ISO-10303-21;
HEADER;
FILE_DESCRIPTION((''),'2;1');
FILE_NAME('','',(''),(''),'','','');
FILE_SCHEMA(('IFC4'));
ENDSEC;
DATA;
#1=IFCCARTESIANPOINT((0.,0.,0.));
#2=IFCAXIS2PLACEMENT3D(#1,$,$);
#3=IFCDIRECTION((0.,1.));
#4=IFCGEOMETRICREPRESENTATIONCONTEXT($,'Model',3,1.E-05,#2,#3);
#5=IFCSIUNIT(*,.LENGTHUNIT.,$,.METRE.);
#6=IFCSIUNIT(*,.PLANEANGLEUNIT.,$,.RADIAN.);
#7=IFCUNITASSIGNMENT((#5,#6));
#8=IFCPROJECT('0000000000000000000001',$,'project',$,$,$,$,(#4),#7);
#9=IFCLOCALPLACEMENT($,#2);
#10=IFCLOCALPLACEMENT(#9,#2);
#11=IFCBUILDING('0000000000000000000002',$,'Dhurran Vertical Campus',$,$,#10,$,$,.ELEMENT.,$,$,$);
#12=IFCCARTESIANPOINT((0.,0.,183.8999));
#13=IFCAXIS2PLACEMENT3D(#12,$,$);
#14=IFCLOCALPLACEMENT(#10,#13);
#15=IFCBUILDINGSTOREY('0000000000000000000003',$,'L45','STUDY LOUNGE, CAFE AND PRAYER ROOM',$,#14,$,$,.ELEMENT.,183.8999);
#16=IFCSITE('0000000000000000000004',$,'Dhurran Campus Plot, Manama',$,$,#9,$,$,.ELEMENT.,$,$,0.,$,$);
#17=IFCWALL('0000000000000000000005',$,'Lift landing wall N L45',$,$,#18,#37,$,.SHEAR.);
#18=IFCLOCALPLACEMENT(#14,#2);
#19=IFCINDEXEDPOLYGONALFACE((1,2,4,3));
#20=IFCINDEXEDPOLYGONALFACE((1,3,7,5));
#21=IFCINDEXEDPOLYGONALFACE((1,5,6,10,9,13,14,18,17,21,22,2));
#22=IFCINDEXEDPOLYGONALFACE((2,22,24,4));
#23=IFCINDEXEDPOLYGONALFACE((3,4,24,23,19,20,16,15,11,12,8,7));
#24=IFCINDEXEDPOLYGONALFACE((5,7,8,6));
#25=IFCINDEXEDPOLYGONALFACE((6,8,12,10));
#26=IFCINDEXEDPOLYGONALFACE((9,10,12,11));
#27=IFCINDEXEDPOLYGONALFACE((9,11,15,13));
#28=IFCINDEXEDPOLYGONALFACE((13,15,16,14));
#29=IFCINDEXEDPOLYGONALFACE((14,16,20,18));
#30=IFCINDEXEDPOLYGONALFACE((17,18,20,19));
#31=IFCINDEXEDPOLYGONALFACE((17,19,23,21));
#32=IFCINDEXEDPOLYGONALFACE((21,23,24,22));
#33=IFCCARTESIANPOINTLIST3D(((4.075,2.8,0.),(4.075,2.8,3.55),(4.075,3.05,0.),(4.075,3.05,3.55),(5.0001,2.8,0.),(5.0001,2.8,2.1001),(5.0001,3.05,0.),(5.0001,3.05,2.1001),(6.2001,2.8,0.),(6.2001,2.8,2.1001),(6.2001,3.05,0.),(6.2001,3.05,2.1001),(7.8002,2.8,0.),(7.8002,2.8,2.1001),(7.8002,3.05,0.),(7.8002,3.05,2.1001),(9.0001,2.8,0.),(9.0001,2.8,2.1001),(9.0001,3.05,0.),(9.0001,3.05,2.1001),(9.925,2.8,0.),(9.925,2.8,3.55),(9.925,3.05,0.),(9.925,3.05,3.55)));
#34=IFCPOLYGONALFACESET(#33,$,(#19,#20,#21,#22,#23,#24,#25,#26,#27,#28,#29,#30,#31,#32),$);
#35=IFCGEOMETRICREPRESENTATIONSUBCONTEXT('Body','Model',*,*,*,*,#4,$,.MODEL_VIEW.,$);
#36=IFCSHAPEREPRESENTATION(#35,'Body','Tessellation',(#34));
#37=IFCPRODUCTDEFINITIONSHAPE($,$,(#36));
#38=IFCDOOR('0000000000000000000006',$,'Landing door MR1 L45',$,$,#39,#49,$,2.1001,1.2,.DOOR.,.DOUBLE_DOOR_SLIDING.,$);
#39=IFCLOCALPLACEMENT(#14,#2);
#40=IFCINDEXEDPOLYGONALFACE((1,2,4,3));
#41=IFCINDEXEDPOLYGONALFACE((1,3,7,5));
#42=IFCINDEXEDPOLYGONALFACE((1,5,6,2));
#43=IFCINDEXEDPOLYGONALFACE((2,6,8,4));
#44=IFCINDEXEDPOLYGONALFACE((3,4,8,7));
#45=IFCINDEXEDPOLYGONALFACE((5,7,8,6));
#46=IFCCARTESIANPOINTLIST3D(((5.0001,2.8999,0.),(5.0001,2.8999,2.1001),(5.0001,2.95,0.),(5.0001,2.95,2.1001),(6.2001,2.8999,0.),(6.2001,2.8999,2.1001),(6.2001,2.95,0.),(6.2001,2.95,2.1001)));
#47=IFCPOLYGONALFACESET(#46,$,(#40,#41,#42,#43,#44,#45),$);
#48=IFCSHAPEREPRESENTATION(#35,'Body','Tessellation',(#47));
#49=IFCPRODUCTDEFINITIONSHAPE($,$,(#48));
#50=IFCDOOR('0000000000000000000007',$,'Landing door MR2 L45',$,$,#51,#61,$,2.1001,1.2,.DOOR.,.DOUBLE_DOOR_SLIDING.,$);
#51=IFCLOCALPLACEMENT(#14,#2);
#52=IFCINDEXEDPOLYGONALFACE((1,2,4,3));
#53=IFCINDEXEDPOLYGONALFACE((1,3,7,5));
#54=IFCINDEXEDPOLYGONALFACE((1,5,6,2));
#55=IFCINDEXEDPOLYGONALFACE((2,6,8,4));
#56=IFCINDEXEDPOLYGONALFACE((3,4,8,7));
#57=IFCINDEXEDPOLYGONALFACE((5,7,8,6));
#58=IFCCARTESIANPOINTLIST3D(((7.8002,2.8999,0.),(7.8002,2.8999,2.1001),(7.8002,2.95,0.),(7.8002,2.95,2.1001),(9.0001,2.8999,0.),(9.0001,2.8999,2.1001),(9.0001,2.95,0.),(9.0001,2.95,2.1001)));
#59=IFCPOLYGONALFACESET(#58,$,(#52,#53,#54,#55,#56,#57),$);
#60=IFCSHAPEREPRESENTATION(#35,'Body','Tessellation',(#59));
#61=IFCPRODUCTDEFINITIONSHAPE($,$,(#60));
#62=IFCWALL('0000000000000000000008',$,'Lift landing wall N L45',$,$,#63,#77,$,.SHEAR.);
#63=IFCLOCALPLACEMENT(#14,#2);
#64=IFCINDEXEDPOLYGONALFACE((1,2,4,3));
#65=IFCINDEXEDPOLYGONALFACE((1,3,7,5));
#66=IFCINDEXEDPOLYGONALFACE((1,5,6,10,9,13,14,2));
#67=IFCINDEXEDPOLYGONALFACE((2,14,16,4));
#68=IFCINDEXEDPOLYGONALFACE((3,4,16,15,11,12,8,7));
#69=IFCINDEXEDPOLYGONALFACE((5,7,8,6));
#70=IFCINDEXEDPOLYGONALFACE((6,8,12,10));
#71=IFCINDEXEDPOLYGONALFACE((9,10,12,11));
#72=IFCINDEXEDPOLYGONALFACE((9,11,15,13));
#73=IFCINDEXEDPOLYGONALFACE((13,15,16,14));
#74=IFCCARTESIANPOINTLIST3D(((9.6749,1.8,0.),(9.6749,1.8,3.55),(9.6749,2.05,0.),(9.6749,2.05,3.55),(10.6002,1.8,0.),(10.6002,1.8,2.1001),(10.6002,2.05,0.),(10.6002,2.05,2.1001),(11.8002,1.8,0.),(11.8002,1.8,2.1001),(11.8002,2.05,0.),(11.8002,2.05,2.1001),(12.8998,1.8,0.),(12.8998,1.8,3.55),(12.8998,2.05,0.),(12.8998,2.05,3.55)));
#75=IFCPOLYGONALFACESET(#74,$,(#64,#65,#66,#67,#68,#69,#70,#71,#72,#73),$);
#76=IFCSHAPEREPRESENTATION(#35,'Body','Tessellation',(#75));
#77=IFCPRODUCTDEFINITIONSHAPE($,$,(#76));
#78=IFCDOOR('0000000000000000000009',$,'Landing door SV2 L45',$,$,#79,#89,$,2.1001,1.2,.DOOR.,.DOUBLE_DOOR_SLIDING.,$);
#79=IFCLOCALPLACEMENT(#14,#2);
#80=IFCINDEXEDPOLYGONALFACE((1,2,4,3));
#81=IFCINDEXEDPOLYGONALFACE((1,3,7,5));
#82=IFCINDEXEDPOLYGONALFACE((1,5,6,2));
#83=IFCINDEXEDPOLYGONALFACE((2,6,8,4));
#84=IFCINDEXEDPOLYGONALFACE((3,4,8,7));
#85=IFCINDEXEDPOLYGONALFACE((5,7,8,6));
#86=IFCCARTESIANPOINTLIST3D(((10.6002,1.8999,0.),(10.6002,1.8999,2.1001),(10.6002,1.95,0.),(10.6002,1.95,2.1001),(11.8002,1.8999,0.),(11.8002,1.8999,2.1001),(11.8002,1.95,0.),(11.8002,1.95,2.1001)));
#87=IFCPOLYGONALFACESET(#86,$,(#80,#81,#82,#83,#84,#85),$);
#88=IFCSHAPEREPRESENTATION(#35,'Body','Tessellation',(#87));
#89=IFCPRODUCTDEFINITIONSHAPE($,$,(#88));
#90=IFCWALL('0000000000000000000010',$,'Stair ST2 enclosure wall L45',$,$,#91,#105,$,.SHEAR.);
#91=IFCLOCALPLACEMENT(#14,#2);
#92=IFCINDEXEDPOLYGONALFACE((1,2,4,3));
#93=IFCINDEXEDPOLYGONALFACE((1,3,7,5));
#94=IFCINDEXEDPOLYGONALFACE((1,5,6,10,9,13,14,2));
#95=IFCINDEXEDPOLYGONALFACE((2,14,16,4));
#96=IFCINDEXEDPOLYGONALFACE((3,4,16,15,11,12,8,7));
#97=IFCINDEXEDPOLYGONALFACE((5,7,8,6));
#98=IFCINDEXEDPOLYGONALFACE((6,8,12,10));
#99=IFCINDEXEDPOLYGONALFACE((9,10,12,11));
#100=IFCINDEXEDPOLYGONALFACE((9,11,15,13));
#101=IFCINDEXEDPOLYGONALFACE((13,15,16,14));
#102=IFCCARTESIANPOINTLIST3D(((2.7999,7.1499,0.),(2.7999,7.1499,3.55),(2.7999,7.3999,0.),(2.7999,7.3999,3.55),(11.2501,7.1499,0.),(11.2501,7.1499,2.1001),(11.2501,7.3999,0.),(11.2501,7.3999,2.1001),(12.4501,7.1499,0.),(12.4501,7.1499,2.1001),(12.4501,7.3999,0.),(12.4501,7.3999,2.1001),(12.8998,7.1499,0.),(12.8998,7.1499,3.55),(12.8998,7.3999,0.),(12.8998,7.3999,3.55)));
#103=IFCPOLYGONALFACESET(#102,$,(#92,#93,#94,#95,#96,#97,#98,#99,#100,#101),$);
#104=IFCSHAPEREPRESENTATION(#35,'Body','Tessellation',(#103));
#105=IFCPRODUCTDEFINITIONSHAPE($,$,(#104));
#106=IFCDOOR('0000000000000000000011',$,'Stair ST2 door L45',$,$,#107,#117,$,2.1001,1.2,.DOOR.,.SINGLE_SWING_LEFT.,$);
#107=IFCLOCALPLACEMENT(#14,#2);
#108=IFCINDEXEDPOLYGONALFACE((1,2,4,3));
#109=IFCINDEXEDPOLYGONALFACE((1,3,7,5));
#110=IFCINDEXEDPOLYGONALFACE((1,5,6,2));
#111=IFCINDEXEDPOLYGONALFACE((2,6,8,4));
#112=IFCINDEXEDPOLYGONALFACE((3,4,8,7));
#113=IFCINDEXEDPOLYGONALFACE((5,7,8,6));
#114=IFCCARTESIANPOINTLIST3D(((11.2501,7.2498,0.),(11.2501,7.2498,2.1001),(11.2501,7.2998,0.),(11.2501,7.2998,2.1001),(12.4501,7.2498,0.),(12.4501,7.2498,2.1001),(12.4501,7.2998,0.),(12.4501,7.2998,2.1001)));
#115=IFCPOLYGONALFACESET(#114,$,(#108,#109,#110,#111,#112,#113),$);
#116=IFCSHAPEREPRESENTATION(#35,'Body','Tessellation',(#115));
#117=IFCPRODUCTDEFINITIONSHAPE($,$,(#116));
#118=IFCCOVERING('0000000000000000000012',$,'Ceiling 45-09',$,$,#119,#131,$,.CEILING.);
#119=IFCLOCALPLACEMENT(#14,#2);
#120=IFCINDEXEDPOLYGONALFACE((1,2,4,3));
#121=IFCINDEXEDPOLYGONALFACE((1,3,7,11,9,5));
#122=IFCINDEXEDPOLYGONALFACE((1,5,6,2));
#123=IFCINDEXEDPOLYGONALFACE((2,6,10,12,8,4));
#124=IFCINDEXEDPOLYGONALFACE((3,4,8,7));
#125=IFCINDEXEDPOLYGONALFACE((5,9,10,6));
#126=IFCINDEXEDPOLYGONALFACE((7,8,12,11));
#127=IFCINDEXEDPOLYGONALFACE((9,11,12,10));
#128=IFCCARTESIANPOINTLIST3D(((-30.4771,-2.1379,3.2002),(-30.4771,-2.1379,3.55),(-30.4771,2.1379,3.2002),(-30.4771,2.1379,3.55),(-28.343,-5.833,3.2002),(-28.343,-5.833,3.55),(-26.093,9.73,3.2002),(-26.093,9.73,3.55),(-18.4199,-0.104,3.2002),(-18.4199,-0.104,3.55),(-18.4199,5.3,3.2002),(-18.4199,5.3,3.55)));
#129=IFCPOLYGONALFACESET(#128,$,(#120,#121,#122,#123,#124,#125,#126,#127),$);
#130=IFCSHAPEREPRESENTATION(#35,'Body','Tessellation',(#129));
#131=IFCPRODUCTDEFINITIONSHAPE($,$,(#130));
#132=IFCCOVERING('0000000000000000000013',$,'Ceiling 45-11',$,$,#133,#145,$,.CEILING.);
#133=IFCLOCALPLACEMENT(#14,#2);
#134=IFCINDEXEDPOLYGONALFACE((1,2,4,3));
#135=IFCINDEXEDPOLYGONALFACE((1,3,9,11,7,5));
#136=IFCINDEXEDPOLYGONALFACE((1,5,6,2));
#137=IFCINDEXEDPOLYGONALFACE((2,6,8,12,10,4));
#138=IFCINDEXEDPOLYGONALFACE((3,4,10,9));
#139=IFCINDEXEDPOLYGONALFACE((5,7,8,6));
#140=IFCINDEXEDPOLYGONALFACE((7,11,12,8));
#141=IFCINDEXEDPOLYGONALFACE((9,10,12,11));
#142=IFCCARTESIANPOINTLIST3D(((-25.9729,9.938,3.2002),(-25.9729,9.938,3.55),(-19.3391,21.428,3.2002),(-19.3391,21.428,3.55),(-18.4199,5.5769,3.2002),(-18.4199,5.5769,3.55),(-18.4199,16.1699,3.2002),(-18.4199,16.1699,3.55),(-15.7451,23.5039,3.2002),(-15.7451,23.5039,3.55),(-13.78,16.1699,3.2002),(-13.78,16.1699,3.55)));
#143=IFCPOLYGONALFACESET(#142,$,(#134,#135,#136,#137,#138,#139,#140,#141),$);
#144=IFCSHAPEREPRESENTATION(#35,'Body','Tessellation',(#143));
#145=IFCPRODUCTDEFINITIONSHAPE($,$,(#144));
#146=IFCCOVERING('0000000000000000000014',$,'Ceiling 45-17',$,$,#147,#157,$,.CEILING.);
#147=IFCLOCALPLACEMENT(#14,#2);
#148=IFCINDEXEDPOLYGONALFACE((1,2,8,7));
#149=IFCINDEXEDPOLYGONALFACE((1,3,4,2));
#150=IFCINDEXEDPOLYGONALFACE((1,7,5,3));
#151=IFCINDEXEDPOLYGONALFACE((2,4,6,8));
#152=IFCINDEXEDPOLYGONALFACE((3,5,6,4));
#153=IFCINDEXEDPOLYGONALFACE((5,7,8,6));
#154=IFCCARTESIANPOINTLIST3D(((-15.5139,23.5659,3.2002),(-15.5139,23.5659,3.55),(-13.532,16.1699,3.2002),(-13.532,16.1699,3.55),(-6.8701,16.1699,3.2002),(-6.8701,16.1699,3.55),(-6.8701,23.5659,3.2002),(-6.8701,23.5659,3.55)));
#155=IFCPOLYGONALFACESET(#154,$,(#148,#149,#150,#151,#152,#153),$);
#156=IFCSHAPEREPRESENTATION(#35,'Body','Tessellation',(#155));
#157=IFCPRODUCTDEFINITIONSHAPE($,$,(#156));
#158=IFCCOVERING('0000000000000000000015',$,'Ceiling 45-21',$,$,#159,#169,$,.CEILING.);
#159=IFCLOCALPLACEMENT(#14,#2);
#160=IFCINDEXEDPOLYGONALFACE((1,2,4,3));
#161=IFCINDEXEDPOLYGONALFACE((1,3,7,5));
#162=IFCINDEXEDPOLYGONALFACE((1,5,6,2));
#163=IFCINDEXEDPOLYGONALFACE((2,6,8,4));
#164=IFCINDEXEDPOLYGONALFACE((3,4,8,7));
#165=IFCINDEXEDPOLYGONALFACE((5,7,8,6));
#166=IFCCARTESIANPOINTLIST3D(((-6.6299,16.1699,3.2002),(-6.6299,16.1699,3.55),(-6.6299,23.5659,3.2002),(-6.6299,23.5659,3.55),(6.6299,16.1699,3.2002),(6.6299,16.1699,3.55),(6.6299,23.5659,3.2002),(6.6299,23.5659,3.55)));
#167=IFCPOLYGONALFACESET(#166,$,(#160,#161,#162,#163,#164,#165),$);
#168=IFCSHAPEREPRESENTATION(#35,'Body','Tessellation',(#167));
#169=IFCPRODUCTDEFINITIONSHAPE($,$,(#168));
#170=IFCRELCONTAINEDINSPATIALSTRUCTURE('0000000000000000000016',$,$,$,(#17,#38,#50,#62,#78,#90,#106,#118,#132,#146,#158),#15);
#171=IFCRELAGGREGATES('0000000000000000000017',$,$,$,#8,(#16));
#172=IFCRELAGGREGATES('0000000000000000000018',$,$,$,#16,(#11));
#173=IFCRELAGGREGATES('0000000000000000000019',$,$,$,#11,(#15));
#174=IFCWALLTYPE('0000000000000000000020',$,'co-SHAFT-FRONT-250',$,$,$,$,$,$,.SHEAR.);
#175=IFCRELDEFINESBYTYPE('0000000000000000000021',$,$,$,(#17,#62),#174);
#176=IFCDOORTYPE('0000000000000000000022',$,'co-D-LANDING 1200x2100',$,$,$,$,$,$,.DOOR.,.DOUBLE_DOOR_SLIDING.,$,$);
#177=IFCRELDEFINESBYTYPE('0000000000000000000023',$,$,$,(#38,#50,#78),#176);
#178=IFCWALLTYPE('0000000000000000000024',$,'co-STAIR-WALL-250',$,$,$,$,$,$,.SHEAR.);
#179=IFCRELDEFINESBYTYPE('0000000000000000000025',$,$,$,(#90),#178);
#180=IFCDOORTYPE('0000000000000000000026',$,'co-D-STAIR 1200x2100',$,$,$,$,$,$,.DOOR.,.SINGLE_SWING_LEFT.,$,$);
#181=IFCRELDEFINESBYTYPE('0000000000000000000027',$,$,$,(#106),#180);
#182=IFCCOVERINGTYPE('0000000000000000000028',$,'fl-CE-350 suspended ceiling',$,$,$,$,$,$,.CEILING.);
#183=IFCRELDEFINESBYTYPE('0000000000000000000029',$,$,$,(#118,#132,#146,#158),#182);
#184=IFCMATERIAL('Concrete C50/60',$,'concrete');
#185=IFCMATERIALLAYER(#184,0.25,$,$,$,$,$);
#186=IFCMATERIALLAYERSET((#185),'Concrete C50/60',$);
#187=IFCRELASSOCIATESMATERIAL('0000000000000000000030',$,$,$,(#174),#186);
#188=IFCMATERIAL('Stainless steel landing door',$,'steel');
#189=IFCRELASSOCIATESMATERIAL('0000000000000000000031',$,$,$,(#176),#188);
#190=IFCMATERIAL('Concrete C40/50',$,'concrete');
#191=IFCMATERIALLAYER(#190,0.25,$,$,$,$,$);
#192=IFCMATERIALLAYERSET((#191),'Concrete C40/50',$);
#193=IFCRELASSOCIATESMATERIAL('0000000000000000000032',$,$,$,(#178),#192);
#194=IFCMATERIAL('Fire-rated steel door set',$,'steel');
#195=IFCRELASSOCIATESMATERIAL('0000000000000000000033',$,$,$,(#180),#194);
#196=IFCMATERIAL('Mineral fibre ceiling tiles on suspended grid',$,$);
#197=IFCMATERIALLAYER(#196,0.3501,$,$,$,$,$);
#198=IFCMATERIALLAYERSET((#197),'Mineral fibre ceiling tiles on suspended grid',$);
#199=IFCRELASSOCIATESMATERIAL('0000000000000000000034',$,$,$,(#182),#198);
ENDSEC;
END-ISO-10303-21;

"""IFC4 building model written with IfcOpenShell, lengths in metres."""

from ifc_helpers import new_model, si_unit, direction, frame, frame_2d, origin, place, context, subcontext, project, spatial, polyline, rectangle, outline, extrude, material, layer, layer_set, type_object, element, fill, save


model = new_model("IFC4")

# Units and contexts
model_context = context("Model", 3, precision=1e-05, world=origin(), true_north=direction((0.0, 1.0)))
body_context = subcontext(model_context, "Body", "Model", "MODEL_VIEW")
ifc_project = project(units=[si_unit("LENGTHUNIT", "METRE"), si_unit("PLANEANGLEUNIT", "RADIAN")], contexts=[model_context])

# Site, building, storey
site_placement = place(None, origin())
site = spatial("IfcSite", under=ifc_project, at=site_placement, Name="Dhurran Campus Plot, Manama", CompositionType="ELEMENT", RefElevation=0.0)
building_placement = place(site_placement, origin())
building = spatial("IfcBuilding", under=site, at=building_placement, Name="Dhurran Vertical Campus", CompositionType="ELEMENT")
storey_placement = place(building_placement, frame((0.0, 0.0, 183.8999)))
storey = spatial("IfcBuildingStorey", under=building, at=storey_placement, Name="L45", Description="STUDY LOUNGE, CAFE AND PRAYER ROOM", CompositionType="ELEMENT", Elevation=183.8999)

# Wall, openings, doors
ifc_material_1 = material(Name="Concrete C50/60", Category="concrete")
ifc_layer_1 = layer(ifc_material_1, 0.25)
ifc_layer_set_1 = layer_set([ifc_layer_1], Name="Concrete C50/60")
wall_type_1 = type_object("IfcWallType", Name="co-SHAFT-FRONT-250", PredefinedType="SHEAR", material=ifc_layer_set_1)
wall_1_placement = place(storey_placement, frame((4.075, 2.925, 0.0), z_axis=(0.0, 0.0, 1.0), x_axis=(1.0, 0.0, 0.0)))
wall_1 = element("IfcWall", 1, at=wall_1_placement, inside=storey, type_object=wall_type_1, Name="Lift landing wall N L45", PredefinedType="SHEAR", context=body_context, shape_type="SweptSolid", body=[
    extrude(rectangle(XDim=5.8501, YDim=0.25, at=frame_2d((2.925, 0.0))), origin(), (0.0, 0.0, 1.0), 3.55),
])
opening_1_placement = place(wall_1_placement, frame((0.925, 0.0, 0.0)))
opening_1 = element("IfcOpeningElement", 2, at=opening_1_placement, cuts=wall_1, PredefinedType="OPENING", context=body_context, shape_type="SweptSolid", body=[
    extrude(rectangle(XDim=1.2, YDim=2.1001, at=frame_2d((0.6001, 1.05))), frame((0.0, 0.135, 0.0), z_axis=(0.0, -1.0, 0.0), x_axis=(1.0, 0.0, 0.0)), (0.0, 0.0, 1.0), 0.27),
])
opening_2_placement = place(wall_1_placement, frame((3.7251, 0.0, 0.0)))
opening_2 = element("IfcOpeningElement", 3, at=opening_2_placement, cuts=wall_1, PredefinedType="OPENING", context=body_context, shape_type="SweptSolid", body=[
    extrude(rectangle(XDim=1.2, YDim=2.1001, at=frame_2d((0.6001, 1.05))), frame((0.0, 0.135, 0.0), z_axis=(0.0, -1.0, 0.0), x_axis=(1.0, 0.0, 0.0)), (0.0, 0.0, 1.0), 0.27),
])
ifc_material_2 = material(Name="Stainless steel landing door", Category="steel")
door_type_1 = type_object("IfcDoorType", Name="co-D-LANDING 1200x2100", OperationType="DOUBLE_DOOR_SLIDING", PredefinedType="DOOR", material=ifc_material_2)
door_1_placement = place(opening_1_placement, origin())
door_1 = element("IfcDoor", 4, at=door_1_placement, inside=storey, type_object=door_type_1, Name="Landing door MR1 L45", OperationType="DOUBLE_DOOR_SLIDING", OverallHeight=2.1001, OverallWidth=1.2, PredefinedType="DOOR", context=body_context, shape_type="SweptSolid", body=[
    extrude(rectangle(XDim=1.2, YDim=2.1001, at=frame_2d((0.6001, 1.05))), frame((0.0, 0.0249, 0.0), z_axis=(0.0, -1.0, 0.0), x_axis=(1.0, 0.0, 0.0)), (0.0, 0.0, 1.0), 0.05),
])
fill(opening_1, door_1)
door_2_placement = place(opening_2_placement, origin())
door_2 = element("IfcDoor", 5, at=door_2_placement, inside=storey, type_object=door_type_1, Name="Landing door MR2 L45", OperationType="DOUBLE_DOOR_SLIDING", OverallHeight=2.1001, OverallWidth=1.2, PredefinedType="DOOR", context=body_context, shape_type="SweptSolid", body=[
    extrude(rectangle(XDim=1.2, YDim=2.1001, at=frame_2d((0.6001, 1.05))), frame((0.0, 0.0249, 0.0), z_axis=(0.0, -1.0, 0.0), x_axis=(1.0, 0.0, 0.0)), (0.0, 0.0, 1.0), 0.05),
])
fill(opening_2, door_2)

# Walls, openings, doors
wall_2_placement = place(storey_placement, frame((9.675, 1.925, 0.0), z_axis=(0.0, 0.0, 1.0), x_axis=(1.0, 0.0, 0.0)))
wall_2 = element("IfcWall", 6, at=wall_2_placement, inside=storey, type_object=wall_type_1, Name="Lift landing wall N L45", PredefinedType="SHEAR", context=body_context, shape_type="SweptSolid", body=[
    extrude(rectangle(XDim=3.2249, YDim=0.25, at=frame_2d((1.6123, 0.0))), origin(), (0.0, 0.0, 1.0), 3.55),
])
opening_3_placement = place(wall_2_placement, frame((0.925, 0.0, 0.0)))
opening_3 = element("IfcOpeningElement", 7, at=opening_3_placement, cuts=wall_2, PredefinedType="OPENING", context=body_context, shape_type="SweptSolid", body=[
    extrude(rectangle(XDim=1.2, YDim=2.1001, at=frame_2d((0.6001, 1.05))), frame((0.0, 0.135, 0.0), z_axis=(0.0, -1.0, 0.0), x_axis=(1.0, 0.0, 0.0)), (0.0, 0.0, 1.0), 0.27),
])
door_3_placement = place(opening_3_placement, origin())
door_3 = element("IfcDoor", 8, at=door_3_placement, inside=storey, type_object=door_type_1, Name="Landing door SV2 L45", OperationType="DOUBLE_DOOR_SLIDING", OverallHeight=2.1001, OverallWidth=1.2, PredefinedType="DOOR", context=body_context, shape_type="SweptSolid", body=[
    extrude(rectangle(XDim=1.2, YDim=2.1001, at=frame_2d((0.6001, 1.05))), frame((0.0, 0.0249, 0.0), z_axis=(0.0, -1.0, 0.0), x_axis=(1.0, 0.0, 0.0)), (0.0, 0.0, 1.0), 0.05),
])
fill(opening_3, door_3)
ifc_material_3 = material(Name="Concrete C40/50", Category="concrete")
ifc_layer_2 = layer(ifc_material_3, 0.25)
ifc_layer_set_2 = layer_set([ifc_layer_2], Name="Concrete C40/50")
wall_type_2 = type_object("IfcWallType", Name="co-STAIR-WALL-250", PredefinedType="SHEAR", material=ifc_layer_set_2)
wall_3_placement = place(storey_placement, frame((2.8, 7.2749, 0.0), z_axis=(0.0, 0.0, 1.0), x_axis=(1.0, 0.0, 0.0)))
wall_3 = element("IfcWall", 9, at=wall_3_placement, inside=storey, type_object=wall_type_2, Name="Stair ST2 enclosure wall L45", PredefinedType="SHEAR", context=body_context, shape_type="SweptSolid", body=[
    extrude(rectangle(XDim=10.0999, YDim=0.25, at=frame_2d((5.0498, 0.0))), origin(), (0.0, 0.0, 1.0), 3.55),
])
opening_4_placement = place(wall_3_placement, frame((8.45, 0.0, 0.0)))
opening_4 = element("IfcOpeningElement", 10, at=opening_4_placement, cuts=wall_3, PredefinedType="OPENING", context=body_context, shape_type="SweptSolid", body=[
    extrude(rectangle(XDim=1.2, YDim=2.1001, at=frame_2d((0.6001, 1.05))), frame((0.0, 0.135, 0.0), z_axis=(0.0, -1.0, 0.0), x_axis=(1.0, 0.0, 0.0)), (0.0, 0.0, 1.0), 0.27),
])
ifc_material_4 = material(Name="Fire-rated steel door set", Category="steel")
door_type_2 = type_object("IfcDoorType", Name="co-D-STAIR 1200x2100", OperationType="SINGLE_SWING_LEFT", PredefinedType="DOOR", material=ifc_material_4)
door_4_placement = place(opening_4_placement, origin())
door_4 = element("IfcDoor", 11, at=door_4_placement, inside=storey, type_object=door_type_2, Name="Stair ST2 door L45", OperationType="SINGLE_SWING_LEFT", OverallHeight=2.1001, OverallWidth=1.2, PredefinedType="DOOR", context=body_context, shape_type="SweptSolid", body=[
    extrude(rectangle(XDim=1.2, YDim=2.1001, at=frame_2d((0.6001, 1.05))), frame((0.0, 0.0249, 0.0), z_axis=(0.0, -1.0, 0.0), x_axis=(1.0, 0.0, 0.0)), (0.0, 0.0, 1.0), 0.05),
])
fill(opening_4, door_4)

# Coverings
ifc_material_5 = material(Name="Mineral fibre ceiling tiles on suspended grid")
ifc_layer_3 = layer(ifc_material_5, 0.3501)
ifc_layer_set_3 = layer_set([ifc_layer_3], Name="Mineral fibre ceiling tiles on suspended grid")
covering_type = type_object("IfcCoveringType", Name="fl-CE-350 suspended ceiling", PredefinedType="CEILING", material=ifc_layer_set_3)
covering_1_placement = place(storey_placement, frame((0.0, 0.0, 3.2002)))
element("IfcCovering", 12, at=covering_1_placement, inside=storey, type_object=covering_type, Name="Ceiling 45-09", PredefinedType="CEILING", context=body_context, shape_type="SweptSolid", body=[
    extrude(outline(polyline([(-28.343, -5.833), (-30.4771, -2.1379), (-30.4771, 2.1379), (-26.093, 9.73), (-18.4199, 5.3), (-18.4199, -0.104), (-28.343, -5.833)])), origin(), (0.0, 0.0, 1.0), 0.3499),
])
covering_2_placement = place(storey_placement, frame((0.0, 0.0, 3.2002)))
element("IfcCovering", 13, at=covering_2_placement, inside=storey, type_object=covering_type, Name="Ceiling 45-11", PredefinedType="CEILING", context=body_context, shape_type="SweptSolid", body=[
    extrude(outline(polyline([(-25.9729, 9.938), (-19.3391, 21.428), (-15.7451, 23.5039), (-13.78, 16.1699), (-18.4199, 16.1699), (-18.4199, 5.5769), (-25.9729, 9.938)])), origin(), (0.0, 0.0, 1.0), 0.3499),
])
covering_3_placement = place(storey_placement, frame((0.0, 0.0, 3.2002)))
element("IfcCovering", 14, at=covering_3_placement, inside=storey, type_object=covering_type, Name="Ceiling 45-17", PredefinedType="CEILING", context=body_context, shape_type="SweptSolid", body=[
    extrude(outline(polyline([(-15.5139, 23.5659), (-6.8701, 23.5659), (-6.8701, 16.1699), (-13.532, 16.1699), (-15.5139, 23.5659)])), origin(), (0.0, 0.0, 1.0), 0.3499),
])
covering_4_placement = place(storey_placement, frame((0.0, 0.0, 3.2002)))
element("IfcCovering", 15, at=covering_4_placement, inside=storey, type_object=covering_type, Name="Ceiling 45-21", PredefinedType="CEILING", context=body_context, shape_type="SweptSolid", body=[
    extrude(outline(polyline([(-6.6299, 23.5659), (6.6299, 23.5659), (6.6299, 16.1699), (-6.6299, 16.1699), (-6.6299, 23.5659)])), origin(), (0.0, 0.0, 1.0), 0.3499),
])

save(model, "model.ifc")
